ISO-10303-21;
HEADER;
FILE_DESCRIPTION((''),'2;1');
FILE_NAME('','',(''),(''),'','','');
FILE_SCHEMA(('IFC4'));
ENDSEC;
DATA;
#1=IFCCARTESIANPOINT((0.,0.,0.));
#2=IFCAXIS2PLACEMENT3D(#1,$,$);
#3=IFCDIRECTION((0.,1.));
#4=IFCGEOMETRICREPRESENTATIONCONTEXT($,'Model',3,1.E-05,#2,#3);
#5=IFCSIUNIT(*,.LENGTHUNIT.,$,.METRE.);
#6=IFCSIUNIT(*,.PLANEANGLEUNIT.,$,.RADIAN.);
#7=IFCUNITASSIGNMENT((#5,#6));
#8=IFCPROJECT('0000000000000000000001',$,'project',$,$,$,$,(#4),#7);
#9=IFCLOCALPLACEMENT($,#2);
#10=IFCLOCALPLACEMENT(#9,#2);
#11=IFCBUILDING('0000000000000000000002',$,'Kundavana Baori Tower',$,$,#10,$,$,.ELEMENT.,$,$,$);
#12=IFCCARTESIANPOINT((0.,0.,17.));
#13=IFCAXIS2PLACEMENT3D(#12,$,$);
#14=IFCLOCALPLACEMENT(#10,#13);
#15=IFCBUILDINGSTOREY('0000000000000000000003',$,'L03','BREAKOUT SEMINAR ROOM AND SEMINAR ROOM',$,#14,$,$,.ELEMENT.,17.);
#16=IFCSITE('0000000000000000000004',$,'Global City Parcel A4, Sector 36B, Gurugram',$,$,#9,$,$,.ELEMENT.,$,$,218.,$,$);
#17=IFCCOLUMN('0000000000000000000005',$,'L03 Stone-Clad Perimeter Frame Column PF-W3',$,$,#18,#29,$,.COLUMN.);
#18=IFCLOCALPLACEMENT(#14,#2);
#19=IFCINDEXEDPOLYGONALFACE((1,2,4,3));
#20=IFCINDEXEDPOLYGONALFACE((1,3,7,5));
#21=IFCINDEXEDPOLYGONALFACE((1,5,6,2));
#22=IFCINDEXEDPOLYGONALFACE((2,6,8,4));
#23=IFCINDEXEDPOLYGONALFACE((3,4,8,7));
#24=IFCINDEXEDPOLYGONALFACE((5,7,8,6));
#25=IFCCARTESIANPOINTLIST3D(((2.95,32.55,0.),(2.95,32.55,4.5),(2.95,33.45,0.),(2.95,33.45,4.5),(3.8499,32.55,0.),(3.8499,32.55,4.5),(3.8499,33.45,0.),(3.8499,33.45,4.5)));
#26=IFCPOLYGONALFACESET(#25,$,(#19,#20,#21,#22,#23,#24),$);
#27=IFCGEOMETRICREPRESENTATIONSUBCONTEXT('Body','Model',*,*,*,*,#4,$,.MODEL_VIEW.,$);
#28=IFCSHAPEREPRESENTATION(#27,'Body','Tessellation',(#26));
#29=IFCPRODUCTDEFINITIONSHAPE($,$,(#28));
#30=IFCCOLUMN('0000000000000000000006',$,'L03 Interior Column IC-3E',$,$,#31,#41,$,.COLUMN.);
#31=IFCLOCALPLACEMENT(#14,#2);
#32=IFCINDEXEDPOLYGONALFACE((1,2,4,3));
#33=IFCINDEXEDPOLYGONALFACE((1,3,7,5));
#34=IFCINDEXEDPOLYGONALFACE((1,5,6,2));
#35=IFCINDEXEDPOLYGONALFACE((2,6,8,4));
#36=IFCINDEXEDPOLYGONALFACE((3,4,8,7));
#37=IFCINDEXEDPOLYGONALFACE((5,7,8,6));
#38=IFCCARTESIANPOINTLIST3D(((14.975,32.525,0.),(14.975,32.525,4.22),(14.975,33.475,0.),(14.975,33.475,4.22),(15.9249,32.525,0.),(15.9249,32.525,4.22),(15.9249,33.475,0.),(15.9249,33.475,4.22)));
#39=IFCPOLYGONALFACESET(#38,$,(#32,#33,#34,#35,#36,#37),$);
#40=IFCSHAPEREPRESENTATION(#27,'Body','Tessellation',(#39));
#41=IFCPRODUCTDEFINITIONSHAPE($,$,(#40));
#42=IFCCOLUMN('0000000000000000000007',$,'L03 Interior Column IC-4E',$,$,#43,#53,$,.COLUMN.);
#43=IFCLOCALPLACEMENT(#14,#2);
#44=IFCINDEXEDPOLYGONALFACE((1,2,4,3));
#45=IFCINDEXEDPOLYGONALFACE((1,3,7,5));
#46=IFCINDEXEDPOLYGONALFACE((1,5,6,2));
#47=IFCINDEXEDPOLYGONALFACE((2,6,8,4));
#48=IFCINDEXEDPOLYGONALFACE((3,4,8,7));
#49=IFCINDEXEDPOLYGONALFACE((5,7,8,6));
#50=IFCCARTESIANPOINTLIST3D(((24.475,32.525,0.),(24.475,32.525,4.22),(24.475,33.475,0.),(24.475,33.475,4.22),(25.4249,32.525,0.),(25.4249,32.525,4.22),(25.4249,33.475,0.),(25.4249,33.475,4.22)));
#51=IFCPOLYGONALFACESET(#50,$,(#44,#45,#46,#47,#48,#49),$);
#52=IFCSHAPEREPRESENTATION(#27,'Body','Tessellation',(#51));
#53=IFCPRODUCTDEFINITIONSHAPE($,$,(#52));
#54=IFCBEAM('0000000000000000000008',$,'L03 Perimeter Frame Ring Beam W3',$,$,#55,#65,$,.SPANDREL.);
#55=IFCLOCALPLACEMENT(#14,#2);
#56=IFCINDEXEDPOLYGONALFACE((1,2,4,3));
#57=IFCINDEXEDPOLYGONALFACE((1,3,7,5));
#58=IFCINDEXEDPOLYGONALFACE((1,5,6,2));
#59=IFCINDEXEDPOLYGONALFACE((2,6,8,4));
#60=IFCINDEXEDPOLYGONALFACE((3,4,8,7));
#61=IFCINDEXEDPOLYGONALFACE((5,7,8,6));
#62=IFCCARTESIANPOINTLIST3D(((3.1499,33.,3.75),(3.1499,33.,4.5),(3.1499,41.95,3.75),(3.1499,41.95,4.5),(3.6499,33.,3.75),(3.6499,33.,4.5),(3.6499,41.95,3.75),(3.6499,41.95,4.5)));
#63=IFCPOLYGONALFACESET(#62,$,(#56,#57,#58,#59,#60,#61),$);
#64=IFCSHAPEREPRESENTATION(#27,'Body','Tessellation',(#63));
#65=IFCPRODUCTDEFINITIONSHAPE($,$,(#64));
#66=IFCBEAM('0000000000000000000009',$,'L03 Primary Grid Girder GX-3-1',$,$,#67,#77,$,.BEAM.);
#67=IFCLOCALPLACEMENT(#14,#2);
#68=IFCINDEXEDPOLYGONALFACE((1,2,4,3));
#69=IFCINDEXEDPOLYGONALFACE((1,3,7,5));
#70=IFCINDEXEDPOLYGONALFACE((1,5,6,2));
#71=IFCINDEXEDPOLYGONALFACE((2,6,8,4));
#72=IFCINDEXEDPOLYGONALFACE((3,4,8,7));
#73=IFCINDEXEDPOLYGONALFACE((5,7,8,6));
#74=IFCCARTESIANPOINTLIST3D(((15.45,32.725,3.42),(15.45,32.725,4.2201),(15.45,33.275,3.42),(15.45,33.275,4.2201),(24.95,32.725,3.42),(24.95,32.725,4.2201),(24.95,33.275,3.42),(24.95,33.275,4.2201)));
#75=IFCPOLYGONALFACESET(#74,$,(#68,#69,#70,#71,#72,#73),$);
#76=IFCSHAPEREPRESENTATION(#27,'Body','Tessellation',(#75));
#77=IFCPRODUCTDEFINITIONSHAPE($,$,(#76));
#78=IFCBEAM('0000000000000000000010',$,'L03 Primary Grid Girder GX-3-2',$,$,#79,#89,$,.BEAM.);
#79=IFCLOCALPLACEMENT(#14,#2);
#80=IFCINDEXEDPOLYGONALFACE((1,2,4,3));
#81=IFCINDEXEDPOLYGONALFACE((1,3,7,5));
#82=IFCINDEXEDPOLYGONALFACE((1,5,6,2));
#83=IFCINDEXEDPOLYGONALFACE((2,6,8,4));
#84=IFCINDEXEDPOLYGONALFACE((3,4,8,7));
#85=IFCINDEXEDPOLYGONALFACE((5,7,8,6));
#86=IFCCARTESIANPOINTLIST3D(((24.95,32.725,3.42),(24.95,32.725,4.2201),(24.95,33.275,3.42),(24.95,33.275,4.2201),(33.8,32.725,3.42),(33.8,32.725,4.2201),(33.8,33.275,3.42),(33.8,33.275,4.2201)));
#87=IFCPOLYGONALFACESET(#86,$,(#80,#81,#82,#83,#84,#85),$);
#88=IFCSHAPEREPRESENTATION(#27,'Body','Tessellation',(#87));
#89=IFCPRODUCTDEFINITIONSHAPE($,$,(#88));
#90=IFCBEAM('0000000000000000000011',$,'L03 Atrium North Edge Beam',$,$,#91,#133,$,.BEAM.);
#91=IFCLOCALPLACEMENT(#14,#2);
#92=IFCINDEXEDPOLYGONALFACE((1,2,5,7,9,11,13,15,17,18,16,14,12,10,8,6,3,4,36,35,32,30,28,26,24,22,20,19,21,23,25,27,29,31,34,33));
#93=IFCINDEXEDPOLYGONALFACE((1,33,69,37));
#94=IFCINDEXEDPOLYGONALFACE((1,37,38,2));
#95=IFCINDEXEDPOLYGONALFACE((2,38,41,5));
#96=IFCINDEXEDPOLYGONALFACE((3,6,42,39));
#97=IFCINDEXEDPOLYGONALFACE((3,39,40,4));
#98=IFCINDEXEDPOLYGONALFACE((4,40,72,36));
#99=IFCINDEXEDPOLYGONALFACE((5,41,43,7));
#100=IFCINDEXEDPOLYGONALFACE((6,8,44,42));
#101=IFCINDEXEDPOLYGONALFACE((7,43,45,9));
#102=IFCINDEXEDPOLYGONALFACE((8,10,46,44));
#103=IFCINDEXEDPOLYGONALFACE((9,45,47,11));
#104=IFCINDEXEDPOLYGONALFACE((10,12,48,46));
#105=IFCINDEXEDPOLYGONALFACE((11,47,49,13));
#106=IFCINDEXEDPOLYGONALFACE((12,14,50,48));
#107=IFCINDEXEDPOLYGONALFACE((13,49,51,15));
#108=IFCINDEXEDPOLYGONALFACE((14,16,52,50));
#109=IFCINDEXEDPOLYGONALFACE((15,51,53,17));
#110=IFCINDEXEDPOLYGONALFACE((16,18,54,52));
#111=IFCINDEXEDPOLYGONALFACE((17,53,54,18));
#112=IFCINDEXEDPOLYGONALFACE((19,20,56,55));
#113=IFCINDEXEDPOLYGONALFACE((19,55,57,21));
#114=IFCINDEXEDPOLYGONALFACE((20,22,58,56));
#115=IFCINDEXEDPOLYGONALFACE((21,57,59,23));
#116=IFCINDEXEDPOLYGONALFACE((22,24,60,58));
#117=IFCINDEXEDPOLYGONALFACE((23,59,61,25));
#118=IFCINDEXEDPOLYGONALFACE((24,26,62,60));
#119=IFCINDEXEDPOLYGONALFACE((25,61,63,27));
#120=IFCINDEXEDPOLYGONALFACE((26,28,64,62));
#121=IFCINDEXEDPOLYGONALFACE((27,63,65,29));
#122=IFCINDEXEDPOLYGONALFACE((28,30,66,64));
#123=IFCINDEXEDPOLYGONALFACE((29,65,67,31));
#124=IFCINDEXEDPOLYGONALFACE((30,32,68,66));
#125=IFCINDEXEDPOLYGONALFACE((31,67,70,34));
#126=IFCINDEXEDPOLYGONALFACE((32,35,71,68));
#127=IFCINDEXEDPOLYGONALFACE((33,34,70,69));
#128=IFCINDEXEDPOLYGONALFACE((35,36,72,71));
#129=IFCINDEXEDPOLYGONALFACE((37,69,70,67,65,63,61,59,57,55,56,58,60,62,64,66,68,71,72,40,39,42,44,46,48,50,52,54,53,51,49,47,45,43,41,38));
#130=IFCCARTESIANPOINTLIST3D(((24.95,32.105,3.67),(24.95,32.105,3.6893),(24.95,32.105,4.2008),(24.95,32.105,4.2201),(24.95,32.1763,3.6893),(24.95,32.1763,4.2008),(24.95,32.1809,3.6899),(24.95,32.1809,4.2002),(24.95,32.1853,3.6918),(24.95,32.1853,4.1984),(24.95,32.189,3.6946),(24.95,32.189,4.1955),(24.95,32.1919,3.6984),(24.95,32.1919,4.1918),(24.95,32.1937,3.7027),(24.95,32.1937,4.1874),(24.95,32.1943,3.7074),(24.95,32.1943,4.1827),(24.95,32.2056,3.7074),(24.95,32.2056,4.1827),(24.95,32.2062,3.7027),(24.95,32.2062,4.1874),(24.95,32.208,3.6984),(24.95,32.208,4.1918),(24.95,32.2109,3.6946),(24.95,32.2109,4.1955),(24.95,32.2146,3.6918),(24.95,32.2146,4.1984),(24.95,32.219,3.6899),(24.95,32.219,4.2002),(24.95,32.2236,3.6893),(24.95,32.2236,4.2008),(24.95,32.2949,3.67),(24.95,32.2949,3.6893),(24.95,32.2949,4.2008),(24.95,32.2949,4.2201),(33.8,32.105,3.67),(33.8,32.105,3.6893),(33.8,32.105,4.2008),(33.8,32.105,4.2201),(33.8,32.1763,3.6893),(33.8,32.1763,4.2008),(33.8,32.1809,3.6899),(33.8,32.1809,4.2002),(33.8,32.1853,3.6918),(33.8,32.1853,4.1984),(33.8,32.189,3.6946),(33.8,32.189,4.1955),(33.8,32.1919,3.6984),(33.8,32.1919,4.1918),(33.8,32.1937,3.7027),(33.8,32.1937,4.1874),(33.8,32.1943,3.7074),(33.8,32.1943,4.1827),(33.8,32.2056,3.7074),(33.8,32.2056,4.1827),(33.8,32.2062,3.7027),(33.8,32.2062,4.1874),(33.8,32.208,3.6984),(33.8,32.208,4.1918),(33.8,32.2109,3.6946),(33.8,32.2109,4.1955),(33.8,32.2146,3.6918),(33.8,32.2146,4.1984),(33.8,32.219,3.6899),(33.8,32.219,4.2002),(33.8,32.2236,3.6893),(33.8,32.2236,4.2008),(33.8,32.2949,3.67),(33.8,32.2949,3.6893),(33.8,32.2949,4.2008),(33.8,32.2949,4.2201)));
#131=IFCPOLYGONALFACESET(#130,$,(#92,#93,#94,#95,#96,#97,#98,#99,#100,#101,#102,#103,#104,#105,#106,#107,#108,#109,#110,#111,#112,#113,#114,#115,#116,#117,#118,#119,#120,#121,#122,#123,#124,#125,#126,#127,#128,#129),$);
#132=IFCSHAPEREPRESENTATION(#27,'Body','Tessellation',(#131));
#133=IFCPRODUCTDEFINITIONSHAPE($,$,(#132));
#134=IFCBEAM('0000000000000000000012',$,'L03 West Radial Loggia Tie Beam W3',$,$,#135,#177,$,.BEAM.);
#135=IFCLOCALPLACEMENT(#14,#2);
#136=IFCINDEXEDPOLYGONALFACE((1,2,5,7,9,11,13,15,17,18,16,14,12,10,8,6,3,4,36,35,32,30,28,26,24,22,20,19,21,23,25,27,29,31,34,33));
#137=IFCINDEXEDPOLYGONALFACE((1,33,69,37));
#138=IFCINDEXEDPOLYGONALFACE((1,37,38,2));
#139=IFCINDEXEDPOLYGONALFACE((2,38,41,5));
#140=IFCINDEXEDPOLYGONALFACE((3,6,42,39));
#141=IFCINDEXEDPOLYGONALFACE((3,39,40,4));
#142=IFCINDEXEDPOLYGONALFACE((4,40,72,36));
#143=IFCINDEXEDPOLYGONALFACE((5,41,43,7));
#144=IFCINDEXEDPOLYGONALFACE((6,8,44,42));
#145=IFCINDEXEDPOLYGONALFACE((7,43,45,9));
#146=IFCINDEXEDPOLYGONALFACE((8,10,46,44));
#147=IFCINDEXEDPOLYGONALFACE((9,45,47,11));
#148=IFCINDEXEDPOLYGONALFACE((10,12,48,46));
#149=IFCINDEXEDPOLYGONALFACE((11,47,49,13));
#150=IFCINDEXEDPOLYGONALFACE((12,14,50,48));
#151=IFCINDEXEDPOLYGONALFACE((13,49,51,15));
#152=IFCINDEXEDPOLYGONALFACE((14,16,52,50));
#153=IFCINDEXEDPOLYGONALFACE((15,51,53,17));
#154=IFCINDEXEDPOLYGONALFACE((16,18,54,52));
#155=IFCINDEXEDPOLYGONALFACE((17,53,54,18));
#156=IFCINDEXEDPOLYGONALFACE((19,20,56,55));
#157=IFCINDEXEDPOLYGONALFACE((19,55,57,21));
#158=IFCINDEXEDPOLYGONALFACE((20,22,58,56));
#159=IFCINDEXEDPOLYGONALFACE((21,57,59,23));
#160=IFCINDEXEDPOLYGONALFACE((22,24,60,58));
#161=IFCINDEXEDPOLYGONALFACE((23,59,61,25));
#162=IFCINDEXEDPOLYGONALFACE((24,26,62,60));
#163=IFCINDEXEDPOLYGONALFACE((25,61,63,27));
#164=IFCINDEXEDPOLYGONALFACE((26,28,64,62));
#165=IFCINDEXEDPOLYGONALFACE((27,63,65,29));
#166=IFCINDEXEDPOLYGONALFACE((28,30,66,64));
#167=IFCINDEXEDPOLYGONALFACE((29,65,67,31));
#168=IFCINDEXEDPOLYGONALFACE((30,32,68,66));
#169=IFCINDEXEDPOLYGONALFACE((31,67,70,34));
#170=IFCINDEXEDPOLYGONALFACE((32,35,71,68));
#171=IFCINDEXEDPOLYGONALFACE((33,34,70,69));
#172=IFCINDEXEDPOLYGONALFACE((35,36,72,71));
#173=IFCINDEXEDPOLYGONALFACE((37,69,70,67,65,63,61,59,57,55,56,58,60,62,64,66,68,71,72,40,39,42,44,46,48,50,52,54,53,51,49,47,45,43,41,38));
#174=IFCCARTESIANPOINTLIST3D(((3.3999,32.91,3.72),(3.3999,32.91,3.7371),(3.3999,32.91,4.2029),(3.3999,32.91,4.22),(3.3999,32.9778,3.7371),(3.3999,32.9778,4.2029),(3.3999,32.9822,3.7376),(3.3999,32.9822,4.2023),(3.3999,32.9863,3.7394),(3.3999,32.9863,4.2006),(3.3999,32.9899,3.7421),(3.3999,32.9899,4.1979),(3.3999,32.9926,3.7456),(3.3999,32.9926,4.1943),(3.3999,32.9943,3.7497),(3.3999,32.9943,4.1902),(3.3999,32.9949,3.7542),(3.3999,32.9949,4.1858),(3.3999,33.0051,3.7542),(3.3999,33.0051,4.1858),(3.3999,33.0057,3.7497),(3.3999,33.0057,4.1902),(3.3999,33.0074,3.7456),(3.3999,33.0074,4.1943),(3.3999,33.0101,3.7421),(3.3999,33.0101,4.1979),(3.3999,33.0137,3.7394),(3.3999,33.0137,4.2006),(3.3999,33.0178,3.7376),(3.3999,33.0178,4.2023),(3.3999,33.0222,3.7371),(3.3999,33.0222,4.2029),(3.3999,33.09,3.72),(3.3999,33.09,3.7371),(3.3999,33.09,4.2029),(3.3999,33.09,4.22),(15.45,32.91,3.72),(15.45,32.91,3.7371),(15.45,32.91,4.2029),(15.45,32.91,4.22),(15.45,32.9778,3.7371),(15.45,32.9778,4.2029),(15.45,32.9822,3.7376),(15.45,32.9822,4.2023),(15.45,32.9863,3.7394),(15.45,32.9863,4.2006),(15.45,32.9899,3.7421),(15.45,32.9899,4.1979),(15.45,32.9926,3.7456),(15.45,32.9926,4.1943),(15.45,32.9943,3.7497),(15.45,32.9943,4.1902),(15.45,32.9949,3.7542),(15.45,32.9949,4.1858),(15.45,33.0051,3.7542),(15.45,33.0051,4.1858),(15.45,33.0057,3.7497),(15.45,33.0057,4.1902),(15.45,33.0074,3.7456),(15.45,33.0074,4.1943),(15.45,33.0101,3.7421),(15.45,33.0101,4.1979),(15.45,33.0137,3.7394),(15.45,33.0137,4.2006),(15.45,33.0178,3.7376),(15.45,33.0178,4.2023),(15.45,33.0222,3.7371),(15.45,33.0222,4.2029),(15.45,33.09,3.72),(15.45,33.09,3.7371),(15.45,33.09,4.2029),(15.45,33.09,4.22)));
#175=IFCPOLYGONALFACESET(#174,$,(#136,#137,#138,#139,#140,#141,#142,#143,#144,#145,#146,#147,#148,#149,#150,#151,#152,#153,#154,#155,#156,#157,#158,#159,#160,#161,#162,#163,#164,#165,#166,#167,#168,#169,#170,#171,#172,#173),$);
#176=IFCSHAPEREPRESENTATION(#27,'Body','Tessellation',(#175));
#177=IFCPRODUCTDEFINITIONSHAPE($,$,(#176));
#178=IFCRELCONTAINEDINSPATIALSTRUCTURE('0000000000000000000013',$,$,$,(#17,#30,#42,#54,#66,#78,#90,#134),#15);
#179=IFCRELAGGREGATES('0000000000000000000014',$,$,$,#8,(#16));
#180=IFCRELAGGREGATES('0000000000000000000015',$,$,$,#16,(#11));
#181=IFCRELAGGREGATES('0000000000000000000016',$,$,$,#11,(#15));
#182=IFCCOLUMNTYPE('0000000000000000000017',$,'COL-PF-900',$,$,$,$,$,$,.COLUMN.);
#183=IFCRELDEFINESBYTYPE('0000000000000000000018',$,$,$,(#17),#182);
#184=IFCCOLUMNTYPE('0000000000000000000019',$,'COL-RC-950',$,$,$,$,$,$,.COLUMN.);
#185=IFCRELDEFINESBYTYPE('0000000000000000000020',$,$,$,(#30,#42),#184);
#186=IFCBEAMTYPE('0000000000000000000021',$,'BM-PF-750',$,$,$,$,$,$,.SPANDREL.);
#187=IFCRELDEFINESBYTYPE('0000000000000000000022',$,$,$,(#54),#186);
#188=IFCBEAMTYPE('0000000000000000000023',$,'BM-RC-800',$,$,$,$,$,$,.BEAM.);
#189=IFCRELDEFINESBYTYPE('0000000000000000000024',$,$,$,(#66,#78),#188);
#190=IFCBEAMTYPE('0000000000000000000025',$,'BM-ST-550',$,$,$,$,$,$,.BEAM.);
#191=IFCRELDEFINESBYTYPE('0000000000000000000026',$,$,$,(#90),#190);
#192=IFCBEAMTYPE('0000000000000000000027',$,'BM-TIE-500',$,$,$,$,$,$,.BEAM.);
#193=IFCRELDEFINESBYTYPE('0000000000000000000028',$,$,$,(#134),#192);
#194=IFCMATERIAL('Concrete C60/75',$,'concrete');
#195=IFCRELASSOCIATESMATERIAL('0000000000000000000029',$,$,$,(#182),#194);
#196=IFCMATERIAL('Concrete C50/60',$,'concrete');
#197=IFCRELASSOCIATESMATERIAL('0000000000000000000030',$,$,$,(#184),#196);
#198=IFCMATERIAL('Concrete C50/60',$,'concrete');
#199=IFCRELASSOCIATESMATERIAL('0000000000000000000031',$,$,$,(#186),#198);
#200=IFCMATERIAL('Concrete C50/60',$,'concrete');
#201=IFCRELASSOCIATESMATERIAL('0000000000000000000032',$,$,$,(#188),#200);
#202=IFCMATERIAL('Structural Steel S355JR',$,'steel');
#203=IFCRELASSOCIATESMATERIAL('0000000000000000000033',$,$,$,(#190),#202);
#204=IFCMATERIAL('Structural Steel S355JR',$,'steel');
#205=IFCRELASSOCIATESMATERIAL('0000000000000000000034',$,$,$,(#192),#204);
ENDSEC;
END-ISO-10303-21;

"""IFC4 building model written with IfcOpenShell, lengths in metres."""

from ifc_helpers import new_model, si_unit, direction, frame, origin, origin_2d, place, context, subcontext, project, spatial, rectangle, i_section, extrude, material, material_profile, profile_set, type_object, element, save


model = new_model("IFC4")

# Units and contexts
model_context = context("Model", 3, precision=1e-05, world=origin(), true_north=direction((0.0, 1.0)))
body_context = subcontext(model_context, "Body", "Model", "MODEL_VIEW")
ifc_project = project(units=[si_unit("LENGTHUNIT", "METRE"), si_unit("PLANEANGLEUNIT", "RADIAN")], contexts=[model_context])

# Site, building, storey
site_placement = place(None, origin())
site = spatial("IfcSite", under=ifc_project, at=site_placement, Name="Global City Parcel A4, Sector 36B, Gurugram", CompositionType="ELEMENT", RefElevation=218.0)
building_placement = place(site_placement, origin())
building = spatial("IfcBuilding", under=site, at=building_placement, Name="Kundavana Baori Tower", CompositionType="ELEMENT")
storey_placement = place(building_placement, frame((0.0, 0.0, 17.0)))
storey = spatial("IfcBuildingStorey", under=building, at=storey_placement, Name="L03", Description="BREAKOUT SEMINAR ROOM AND SEMINAR ROOM", CompositionType="ELEMENT", Elevation=17.0)

# Columns
ifc_material_1 = material(Name="Concrete C60/75", Category="concrete")
ifc_material_profile_1 = material_profile(ifc_material_1, rectangle(XDim=0.8999, YDim=0.8999, at=origin_2d()), Name="RC PF 900x900")
ifc_profile_set_1 = profile_set([ifc_material_profile_1], Name="Concrete C60/75")
column_type_1 = type_object("IfcColumnType", Name="COL-PF-900", PredefinedType="COLUMN", material=ifc_profile_set_1)
column_placement = place(storey_placement, frame((3.3999, 33.0, 0.0), z_axis=(0.0, 0.0, 1.0), x_axis=(1.0, 0.0, 0.0)))
element("IfcColumn", 1, at=column_placement, inside=storey, type_object=column_type_1, Name="L03 Stone-Clad Perimeter Frame Column PF-W3", PredefinedType="COLUMN", context=body_context, shape_type="SweptSolid", body=[
    extrude(rectangle(XDim=0.8999, YDim=0.8999, at=origin_2d()), origin(), (0.0, 0.0, 1.0), 4.5),
])
ifc_material_2 = material(Name="Concrete C50/60", Category="concrete")
ifc_material_profile_2 = material_profile(ifc_material_2, rectangle(XDim=0.95, YDim=0.95, at=origin_2d()), Name="RC 950x950")
ifc_profile_set_2 = profile_set([ifc_material_profile_2], Name="Concrete C50/60")
column_type_2 = type_object("IfcColumnType", Name="COL-RC-950", PredefinedType="COLUMN", material=ifc_profile_set_2)
for number, where, z_axis, x_axis, name in (
    (2, (15.45, 33.0, 0.0), (0.0, 0.0, 1.0), (1.0, 0.0, 0.0), "L03 Interior Column IC-3E"),
    (3, (24.95, 33.0, 0.0), (0.0, 0.0, 1.0), (1.0, 0.0, 0.0), "L03 Interior Column IC-4E"),
):
    element("IfcColumn", number, at=place(storey_placement, frame(where, z_axis=z_axis, x_axis=x_axis)), inside=storey, type_object=column_type_2, Name=name, PredefinedType="COLUMN", context=body_context, shape_type="SweptSolid", body=[
        extrude(rectangle(XDim=0.95, YDim=0.95, at=origin_2d()), origin(), (0.0, 0.0, 1.0), 4.22),
    ])

# Beams
ifc_material_3 = material(Name="Concrete C50/60", Category="concrete")
ifc_material_profile_3 = material_profile(ifc_material_3, rectangle(XDim=0.5, YDim=0.75, at=origin_2d()), Name="RC BM 500x750")
ifc_profile_set_3 = profile_set([ifc_material_profile_3], Name="Concrete C50/60")
beam_type_1 = type_object("IfcBeamType", Name="BM-PF-750", PredefinedType="SPANDREL", material=ifc_profile_set_3)
beam_1_placement = place(storey_placement, frame((3.3999, 33.0, 4.125), z_axis=(0.0, 1.0, 0.0), x_axis=(-1.0, 0.0, 0.0)))
element("IfcBeam", 4, at=beam_1_placement, inside=storey, type_object=beam_type_1, Name="L03 Perimeter Frame Ring Beam W3", PredefinedType="SPANDREL", context=body_context, shape_type="SweptSolid", body=[
    extrude(rectangle(XDim=0.5, YDim=0.75, at=origin_2d()), origin(), (0.0, 0.0, 1.0), 8.95),
])
ifc_material_4 = material(Name="Concrete C50/60", Category="concrete")
ifc_material_profile_4 = material_profile(ifc_material_4, rectangle(XDim=0.55, YDim=0.8, at=origin_2d()), Name="RC BM 550x800")
ifc_profile_set_4 = profile_set([ifc_material_profile_4], Name="Concrete C50/60")
beam_type_2 = type_object("IfcBeamType", Name="BM-RC-800", PredefinedType="BEAM", material=ifc_profile_set_4)
beam_2_placement = place(storey_placement, frame((15.45, 33.0, 3.8201), z_axis=(1.0, 0.0, 0.0), x_axis=(0.0, 1.0, 0.0)))
element("IfcBeam", 5, at=beam_2_placement, inside=storey, type_object=beam_type_2, Name="L03 Primary Grid Girder GX-3-1", PredefinedType="BEAM", context=body_context, shape_type="SweptSolid", body=[
    extrude(rectangle(XDim=0.55, YDim=0.8, at=origin_2d()), origin(), (0.0, 0.0, 1.0), 9.5),
])
beam_3_placement = place(storey_placement, frame((24.95, 33.0, 3.8201), z_axis=(1.0, 0.0, 0.0), x_axis=(0.0, 1.0, 0.0)))
element("IfcBeam", 6, at=beam_3_placement, inside=storey, type_object=beam_type_2, Name="L03 Primary Grid Girder GX-3-2", PredefinedType="BEAM", context=body_context, shape_type="SweptSolid", body=[
    extrude(rectangle(XDim=0.55, YDim=0.8, at=origin_2d()), origin(), (0.0, 0.0, 1.0), 8.8501),
])
ifc_material_5 = material(Name="Structural Steel S355JR", Category="steel")
ifc_material_profile_5 = material_profile(ifc_material_5, i_section(OverallWidth=0.1899, OverallDepth=0.55, WebThickness=0.0112, FlangeThickness=0.0193, FilletRadius=0.0181, at=origin_2d()), Name="ISMB 550")
ifc_profile_set_5 = profile_set([ifc_material_profile_5], Name="Structural Steel S355JR")
beam_type_3 = type_object("IfcBeamType", Name="BM-ST-550", PredefinedType="BEAM", material=ifc_profile_set_5)
beam_4_placement = place(storey_placement, frame((24.95, 32.2, 3.9451), z_axis=(1.0, 0.0, 0.0), x_axis=(0.0, 1.0, 0.0)))
element("IfcBeam", 7, at=beam_4_placement, inside=storey, type_object=beam_type_3, Name="L03 Atrium North Edge Beam", PredefinedType="BEAM", context=body_context, shape_type="SweptSolid", body=[
    extrude(i_section(OverallWidth=0.1899, OverallDepth=0.55, WebThickness=0.0112, FlangeThickness=0.0193, FilletRadius=0.0181, at=origin_2d()), origin(), (0.0, 0.0, 1.0), 8.8501),
])
ifc_material_6 = material(Name="Structural Steel S355JR", Category="steel")
ifc_material_profile_6 = material_profile(ifc_material_6, i_section(OverallWidth=0.1799, OverallDepth=0.5, WebThickness=0.0103, FlangeThickness=0.0171, FilletRadius=0.0171, at=origin_2d()), Name="ISMB 500")
ifc_profile_set_6 = profile_set([ifc_material_profile_6], Name="Structural Steel S355JR")
beam_type_4 = type_object("IfcBeamType", Name="BM-TIE-500", PredefinedType="BEAM", material=ifc_profile_set_6)
beam_5_placement = place(storey_placement, frame((15.45, 33.0, 3.97), z_axis=(-1.0, 0.0, 0.0), x_axis=(0.0, -1.0, 0.0)))
element("IfcBeam", 8, at=beam_5_placement, inside=storey, type_object=beam_type_4, Name="L03 West Radial Loggia Tie Beam W3", PredefinedType="BEAM", context=body_context, shape_type="SweptSolid", body=[
    extrude(i_section(OverallWidth=0.1799, OverallDepth=0.5, WebThickness=0.0103, FlangeThickness=0.0171, FilletRadius=0.0171, at=origin_2d()), origin(), (0.0, 0.0, 1.0), 12.05),
])

save(model, "model.ifc")
